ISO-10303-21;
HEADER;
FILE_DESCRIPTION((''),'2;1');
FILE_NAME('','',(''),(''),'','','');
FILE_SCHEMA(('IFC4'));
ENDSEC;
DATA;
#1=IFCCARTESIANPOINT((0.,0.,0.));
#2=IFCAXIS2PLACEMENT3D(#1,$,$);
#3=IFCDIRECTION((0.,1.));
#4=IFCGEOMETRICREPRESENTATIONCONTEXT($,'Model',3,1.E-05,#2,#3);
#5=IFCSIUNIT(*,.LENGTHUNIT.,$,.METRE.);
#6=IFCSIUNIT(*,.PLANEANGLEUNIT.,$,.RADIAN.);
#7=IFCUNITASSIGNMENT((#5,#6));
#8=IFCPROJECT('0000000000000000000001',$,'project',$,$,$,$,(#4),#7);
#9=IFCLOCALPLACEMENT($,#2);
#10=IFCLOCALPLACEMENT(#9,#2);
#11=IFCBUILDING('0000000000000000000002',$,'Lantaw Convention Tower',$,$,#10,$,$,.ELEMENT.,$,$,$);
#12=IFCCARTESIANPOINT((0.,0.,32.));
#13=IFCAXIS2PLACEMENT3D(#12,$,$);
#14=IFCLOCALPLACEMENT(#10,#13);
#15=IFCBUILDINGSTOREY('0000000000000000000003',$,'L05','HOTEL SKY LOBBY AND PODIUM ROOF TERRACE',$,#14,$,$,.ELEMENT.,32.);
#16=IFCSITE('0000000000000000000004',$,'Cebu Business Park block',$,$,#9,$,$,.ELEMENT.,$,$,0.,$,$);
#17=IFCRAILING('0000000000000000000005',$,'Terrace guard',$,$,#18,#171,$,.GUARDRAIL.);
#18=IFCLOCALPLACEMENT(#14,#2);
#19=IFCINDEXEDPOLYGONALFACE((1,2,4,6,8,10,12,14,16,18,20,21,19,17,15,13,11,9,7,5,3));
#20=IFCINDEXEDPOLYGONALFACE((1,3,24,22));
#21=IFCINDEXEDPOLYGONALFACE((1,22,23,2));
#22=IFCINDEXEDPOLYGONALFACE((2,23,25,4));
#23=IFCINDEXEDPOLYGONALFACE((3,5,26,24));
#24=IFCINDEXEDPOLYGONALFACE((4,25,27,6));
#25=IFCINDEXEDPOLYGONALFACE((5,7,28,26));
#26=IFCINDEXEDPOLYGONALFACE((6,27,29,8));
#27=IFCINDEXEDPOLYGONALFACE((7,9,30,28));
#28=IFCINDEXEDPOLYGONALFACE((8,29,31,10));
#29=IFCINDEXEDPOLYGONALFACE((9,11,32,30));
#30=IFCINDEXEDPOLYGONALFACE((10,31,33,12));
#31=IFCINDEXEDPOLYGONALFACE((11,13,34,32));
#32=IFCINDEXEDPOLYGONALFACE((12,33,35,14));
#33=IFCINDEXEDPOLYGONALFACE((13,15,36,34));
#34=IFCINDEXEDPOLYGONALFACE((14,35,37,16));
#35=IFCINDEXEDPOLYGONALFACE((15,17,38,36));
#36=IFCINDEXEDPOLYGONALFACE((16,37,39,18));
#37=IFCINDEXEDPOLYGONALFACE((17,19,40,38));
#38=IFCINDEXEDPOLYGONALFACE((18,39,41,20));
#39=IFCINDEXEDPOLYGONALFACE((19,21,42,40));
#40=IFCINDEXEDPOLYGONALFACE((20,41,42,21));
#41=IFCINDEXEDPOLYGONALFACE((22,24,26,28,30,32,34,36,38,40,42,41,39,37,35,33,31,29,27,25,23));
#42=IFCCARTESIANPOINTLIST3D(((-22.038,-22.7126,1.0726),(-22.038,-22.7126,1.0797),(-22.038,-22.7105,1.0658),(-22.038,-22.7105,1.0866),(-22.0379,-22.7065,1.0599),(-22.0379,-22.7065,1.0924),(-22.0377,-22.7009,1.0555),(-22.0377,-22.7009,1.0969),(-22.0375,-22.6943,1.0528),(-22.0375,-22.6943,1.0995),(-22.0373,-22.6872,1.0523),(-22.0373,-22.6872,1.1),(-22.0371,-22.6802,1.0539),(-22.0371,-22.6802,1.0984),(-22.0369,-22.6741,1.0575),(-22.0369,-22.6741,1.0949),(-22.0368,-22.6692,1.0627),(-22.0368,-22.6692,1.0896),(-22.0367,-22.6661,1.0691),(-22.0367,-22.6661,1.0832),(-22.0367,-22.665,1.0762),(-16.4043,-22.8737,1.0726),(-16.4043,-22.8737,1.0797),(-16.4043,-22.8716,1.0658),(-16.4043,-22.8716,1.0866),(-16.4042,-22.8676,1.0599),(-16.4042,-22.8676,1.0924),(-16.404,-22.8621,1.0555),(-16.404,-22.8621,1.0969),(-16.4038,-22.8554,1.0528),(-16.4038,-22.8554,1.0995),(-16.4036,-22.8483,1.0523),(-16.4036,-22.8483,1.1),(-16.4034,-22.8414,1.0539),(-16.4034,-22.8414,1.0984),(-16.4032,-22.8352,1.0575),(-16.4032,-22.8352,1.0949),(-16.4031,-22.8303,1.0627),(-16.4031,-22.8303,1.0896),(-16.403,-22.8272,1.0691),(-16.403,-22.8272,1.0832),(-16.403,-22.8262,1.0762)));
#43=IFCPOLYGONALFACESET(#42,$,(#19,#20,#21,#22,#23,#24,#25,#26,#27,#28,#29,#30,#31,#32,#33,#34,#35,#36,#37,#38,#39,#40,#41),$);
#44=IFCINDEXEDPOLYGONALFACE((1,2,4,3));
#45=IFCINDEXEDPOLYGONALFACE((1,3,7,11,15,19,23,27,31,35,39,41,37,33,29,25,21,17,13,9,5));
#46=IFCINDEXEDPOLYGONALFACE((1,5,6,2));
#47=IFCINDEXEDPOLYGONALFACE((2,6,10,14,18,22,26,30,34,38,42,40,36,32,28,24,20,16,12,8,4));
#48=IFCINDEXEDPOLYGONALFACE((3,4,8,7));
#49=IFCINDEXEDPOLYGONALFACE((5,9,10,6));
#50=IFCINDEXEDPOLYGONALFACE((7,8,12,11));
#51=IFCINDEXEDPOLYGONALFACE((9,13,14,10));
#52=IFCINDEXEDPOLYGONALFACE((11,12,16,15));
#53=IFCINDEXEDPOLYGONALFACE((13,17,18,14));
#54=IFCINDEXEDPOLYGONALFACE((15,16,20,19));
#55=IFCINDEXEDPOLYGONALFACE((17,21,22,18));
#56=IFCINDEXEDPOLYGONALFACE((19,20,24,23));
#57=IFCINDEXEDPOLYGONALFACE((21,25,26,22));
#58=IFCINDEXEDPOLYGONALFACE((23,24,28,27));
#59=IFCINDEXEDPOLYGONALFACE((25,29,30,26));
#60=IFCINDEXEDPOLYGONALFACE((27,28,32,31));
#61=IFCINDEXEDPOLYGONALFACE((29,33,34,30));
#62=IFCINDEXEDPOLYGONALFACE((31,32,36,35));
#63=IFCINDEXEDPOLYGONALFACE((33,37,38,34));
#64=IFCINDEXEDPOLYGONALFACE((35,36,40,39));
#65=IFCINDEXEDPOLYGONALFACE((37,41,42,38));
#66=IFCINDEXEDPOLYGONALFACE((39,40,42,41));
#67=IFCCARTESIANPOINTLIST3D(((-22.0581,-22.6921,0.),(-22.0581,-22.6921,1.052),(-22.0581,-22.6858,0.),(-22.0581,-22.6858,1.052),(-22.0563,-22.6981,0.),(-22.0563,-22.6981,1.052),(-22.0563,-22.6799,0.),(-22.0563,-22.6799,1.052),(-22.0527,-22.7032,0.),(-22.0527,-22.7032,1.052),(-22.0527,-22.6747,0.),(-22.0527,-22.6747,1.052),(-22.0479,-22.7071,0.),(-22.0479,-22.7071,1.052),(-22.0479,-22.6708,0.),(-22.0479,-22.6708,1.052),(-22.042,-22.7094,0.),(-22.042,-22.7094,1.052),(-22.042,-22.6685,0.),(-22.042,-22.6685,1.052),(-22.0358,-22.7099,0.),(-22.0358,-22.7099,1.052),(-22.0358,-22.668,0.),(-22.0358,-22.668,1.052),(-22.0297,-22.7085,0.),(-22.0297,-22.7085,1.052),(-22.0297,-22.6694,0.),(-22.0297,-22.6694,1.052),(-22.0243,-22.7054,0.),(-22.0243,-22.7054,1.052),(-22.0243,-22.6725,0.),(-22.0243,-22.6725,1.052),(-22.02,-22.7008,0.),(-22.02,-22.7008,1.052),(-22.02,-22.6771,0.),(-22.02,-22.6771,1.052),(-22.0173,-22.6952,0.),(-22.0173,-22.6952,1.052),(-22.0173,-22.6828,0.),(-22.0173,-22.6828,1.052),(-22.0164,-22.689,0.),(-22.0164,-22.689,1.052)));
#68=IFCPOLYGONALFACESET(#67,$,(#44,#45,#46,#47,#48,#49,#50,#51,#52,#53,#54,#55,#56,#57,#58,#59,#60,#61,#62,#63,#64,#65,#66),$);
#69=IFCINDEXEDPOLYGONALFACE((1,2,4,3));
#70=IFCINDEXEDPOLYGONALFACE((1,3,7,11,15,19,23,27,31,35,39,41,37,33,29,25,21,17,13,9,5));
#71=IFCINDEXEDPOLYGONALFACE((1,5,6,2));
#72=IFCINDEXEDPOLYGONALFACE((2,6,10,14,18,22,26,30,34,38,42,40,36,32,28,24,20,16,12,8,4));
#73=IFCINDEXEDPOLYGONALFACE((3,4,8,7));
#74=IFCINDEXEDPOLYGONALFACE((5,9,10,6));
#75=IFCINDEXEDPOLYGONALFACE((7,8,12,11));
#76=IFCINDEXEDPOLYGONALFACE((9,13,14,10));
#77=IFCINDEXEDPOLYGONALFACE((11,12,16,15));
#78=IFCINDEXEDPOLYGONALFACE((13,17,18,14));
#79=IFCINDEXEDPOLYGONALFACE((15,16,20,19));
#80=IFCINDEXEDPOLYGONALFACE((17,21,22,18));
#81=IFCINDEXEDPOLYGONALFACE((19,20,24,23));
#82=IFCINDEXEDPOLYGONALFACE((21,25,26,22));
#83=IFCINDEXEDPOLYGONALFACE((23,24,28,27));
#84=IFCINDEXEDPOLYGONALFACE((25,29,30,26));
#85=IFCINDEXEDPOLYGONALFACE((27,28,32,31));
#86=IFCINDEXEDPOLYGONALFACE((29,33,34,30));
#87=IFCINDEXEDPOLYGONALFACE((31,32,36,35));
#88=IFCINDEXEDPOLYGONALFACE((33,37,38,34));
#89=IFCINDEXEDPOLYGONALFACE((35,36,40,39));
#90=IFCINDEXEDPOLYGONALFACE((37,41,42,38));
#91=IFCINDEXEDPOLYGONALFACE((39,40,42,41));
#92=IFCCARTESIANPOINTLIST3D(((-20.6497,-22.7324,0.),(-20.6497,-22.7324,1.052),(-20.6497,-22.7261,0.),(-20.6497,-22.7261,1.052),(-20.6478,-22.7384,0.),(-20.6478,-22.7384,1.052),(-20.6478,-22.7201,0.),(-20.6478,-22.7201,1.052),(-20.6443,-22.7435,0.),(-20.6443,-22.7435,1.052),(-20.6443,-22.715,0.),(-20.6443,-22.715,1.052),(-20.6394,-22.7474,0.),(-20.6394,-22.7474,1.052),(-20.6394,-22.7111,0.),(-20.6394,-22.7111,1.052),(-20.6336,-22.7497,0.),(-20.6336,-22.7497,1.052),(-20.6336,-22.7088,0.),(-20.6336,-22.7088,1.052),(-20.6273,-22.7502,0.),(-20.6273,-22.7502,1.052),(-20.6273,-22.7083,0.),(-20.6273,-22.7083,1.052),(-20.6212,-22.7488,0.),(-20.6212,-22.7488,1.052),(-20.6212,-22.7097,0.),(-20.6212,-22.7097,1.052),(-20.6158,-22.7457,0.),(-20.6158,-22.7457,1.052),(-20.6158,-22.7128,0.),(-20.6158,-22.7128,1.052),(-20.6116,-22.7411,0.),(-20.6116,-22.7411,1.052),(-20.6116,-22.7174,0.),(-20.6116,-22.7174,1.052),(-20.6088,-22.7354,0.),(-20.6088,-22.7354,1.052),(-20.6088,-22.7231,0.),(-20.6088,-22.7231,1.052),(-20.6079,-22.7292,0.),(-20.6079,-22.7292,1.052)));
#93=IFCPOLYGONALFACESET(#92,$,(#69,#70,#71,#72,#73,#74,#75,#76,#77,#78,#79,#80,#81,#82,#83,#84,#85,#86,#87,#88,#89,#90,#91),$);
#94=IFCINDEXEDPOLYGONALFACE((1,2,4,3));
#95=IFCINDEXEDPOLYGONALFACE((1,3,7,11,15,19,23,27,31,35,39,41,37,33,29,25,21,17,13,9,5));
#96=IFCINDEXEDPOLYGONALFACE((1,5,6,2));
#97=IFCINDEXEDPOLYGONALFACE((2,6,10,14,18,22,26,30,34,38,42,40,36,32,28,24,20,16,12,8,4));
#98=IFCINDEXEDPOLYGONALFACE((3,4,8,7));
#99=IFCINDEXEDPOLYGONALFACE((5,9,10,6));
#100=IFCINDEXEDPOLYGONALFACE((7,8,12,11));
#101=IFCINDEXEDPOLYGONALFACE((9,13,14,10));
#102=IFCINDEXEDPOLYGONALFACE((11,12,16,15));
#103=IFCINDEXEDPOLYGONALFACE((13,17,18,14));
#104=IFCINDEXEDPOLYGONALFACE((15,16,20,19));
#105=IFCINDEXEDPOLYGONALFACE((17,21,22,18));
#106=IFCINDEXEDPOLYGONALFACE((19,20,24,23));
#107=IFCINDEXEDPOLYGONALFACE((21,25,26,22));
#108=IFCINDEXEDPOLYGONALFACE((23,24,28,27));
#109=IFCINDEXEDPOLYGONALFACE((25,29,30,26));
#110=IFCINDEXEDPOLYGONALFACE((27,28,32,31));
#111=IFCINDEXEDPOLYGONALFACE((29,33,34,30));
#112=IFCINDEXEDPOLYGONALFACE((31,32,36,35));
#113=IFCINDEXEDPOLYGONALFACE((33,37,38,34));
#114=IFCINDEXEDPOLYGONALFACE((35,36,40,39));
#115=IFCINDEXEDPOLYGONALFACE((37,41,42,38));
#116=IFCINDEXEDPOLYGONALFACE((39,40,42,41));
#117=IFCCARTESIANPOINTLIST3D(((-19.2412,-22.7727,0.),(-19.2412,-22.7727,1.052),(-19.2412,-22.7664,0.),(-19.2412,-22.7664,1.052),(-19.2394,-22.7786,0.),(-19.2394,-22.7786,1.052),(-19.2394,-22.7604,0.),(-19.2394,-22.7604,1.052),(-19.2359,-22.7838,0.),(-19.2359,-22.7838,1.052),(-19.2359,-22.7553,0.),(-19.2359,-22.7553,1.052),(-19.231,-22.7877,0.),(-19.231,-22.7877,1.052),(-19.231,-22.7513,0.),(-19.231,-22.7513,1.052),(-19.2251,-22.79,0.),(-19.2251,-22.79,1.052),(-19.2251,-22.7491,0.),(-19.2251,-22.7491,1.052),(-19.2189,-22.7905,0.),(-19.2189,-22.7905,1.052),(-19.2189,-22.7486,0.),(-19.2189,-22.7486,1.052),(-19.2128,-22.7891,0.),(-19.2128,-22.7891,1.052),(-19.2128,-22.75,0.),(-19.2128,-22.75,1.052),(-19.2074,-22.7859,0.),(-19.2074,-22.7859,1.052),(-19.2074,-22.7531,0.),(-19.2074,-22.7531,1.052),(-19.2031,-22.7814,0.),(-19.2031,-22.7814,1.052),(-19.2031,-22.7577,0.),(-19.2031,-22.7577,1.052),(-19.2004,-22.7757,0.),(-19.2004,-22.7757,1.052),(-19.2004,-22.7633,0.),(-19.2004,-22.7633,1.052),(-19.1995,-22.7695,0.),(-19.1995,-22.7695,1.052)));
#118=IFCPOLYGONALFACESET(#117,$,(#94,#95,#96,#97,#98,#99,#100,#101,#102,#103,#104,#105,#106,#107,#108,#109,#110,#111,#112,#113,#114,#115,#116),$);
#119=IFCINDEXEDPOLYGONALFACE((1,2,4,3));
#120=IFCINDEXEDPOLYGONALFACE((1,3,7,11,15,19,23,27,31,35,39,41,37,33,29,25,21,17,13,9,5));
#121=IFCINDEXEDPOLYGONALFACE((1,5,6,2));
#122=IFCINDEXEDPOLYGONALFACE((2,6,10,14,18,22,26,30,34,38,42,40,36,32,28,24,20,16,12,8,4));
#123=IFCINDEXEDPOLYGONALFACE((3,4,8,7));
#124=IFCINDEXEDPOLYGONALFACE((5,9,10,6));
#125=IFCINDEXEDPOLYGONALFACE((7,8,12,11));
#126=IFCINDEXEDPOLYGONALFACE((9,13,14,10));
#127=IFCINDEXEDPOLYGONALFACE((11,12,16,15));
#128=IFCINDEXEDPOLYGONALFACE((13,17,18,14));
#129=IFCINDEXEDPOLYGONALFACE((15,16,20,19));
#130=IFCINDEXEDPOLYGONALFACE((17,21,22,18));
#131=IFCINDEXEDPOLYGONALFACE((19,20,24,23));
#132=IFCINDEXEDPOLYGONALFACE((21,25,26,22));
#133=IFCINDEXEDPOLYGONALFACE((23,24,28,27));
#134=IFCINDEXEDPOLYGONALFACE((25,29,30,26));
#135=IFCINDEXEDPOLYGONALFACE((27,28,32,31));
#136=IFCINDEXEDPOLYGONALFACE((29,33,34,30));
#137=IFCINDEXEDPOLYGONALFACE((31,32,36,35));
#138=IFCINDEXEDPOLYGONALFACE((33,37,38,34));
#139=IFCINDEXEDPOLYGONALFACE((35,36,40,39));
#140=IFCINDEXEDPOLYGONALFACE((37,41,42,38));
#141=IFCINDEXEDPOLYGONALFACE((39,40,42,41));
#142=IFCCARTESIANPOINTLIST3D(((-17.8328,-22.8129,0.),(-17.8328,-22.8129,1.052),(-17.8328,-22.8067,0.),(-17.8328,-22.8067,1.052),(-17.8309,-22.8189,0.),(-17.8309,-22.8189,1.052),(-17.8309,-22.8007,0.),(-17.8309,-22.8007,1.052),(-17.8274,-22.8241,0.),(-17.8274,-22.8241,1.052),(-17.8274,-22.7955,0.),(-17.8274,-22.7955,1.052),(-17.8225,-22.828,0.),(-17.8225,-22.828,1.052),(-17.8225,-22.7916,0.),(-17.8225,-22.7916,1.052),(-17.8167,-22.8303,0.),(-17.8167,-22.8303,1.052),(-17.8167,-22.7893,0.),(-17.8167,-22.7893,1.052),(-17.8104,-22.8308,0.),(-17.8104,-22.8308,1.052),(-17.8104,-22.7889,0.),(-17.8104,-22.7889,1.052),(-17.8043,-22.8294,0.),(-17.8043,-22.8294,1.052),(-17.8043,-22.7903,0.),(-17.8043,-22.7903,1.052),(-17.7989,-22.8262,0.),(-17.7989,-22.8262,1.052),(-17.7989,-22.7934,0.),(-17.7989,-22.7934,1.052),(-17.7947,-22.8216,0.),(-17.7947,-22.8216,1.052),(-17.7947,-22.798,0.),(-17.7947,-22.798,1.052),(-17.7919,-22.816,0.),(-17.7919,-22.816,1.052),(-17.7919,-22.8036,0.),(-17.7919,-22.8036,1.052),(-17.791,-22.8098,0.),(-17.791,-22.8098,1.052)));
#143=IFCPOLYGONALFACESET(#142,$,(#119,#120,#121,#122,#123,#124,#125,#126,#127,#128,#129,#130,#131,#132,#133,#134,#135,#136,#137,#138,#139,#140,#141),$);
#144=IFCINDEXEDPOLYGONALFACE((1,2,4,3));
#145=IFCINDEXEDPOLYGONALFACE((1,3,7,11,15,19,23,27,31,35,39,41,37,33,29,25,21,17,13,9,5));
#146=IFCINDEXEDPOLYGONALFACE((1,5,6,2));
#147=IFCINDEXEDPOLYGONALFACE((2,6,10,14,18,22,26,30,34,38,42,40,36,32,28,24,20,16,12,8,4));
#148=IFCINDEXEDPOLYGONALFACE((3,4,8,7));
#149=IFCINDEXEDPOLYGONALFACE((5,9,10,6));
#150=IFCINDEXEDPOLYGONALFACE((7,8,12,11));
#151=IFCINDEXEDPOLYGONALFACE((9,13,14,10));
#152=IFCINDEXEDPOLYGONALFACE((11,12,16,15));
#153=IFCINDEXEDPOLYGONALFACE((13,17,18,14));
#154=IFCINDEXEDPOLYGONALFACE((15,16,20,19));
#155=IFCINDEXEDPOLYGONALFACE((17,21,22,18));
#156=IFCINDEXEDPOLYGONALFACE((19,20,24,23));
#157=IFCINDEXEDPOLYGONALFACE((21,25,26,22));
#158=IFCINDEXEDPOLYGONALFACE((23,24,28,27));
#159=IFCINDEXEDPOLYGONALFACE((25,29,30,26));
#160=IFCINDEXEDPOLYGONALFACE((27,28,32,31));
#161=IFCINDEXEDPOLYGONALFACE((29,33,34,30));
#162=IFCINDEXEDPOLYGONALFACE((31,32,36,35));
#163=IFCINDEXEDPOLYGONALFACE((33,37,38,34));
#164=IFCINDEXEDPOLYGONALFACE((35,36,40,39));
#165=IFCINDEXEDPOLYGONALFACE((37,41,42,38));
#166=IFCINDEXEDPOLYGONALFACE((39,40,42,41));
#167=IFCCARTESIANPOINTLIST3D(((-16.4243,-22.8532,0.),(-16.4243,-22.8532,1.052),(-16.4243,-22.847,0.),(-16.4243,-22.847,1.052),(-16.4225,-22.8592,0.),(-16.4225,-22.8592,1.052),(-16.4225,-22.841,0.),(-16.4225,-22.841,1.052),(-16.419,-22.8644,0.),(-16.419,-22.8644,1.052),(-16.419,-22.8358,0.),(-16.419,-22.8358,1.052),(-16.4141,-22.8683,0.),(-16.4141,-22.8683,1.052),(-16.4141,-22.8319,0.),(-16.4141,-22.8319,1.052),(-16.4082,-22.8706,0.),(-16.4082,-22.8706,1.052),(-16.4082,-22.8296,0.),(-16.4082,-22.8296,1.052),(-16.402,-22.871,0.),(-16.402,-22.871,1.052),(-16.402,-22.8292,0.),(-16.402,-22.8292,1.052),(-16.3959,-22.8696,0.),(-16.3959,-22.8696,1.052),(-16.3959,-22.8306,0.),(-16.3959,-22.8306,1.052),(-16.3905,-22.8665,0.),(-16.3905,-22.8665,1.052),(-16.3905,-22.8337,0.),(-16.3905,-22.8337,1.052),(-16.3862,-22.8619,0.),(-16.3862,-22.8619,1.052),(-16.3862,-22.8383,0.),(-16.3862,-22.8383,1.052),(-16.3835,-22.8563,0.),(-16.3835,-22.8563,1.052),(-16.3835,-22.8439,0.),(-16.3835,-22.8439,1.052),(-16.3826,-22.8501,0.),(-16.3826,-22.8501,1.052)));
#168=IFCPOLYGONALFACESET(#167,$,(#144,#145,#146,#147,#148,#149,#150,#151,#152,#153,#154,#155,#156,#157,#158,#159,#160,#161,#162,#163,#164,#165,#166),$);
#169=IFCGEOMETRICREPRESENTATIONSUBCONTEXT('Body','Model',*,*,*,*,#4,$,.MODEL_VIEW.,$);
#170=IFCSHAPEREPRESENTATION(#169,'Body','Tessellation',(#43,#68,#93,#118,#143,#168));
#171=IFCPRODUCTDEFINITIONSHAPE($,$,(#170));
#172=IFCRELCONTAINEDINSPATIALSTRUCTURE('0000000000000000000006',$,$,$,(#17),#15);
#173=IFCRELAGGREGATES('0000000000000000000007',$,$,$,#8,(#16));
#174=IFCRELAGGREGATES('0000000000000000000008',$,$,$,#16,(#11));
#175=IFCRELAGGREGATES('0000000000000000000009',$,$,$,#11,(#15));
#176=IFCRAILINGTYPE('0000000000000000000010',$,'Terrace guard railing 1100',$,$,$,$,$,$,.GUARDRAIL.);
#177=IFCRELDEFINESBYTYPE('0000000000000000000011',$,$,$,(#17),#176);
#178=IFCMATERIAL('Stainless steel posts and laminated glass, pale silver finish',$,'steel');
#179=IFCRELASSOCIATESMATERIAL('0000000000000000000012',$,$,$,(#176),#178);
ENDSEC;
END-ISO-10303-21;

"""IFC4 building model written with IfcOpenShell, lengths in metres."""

from ifc_helpers import new_model, si_unit, direction, frame, origin, origin_2d, place, context, subcontext, project, spatial, circle, extrude, material, type_object, element, save


model = new_model("IFC4")

# Units and contexts
model_context = context("Model", 3, precision=1e-05, world=origin(), true_north=direction((0.0, 1.0)))
body_context = subcontext(model_context, "Body", "Model", "MODEL_VIEW")
ifc_project = project(units=[si_unit("LENGTHUNIT", "METRE"), si_unit("PLANEANGLEUNIT", "RADIAN")], contexts=[model_context])

# Site, building, storey
site_placement = place(None, origin())
site = spatial("IfcSite", under=ifc_project, at=site_placement, Name="Cebu Business Park block", CompositionType="ELEMENT", RefElevation=0.0)
building_placement = place(site_placement, origin())
building = spatial("IfcBuilding", under=site, at=building_placement, Name="Lantaw Convention Tower", CompositionType="ELEMENT")
storey_placement = place(building_placement, frame((0.0, 0.0, 32.0)))
storey = spatial("IfcBuildingStorey", under=building, at=storey_placement, Name="L05", Description="HOTEL SKY LOBBY AND PODIUM ROOF TERRACE", CompositionType="ELEMENT", Elevation=32.0)

# Railing
ifc_material_1 = material(Name="Stainless steel posts and laminated glass, pale silver finish", Category="steel")
railing_type = type_object("IfcRailingType", Name="Terrace guard railing 1100", PredefinedType="GUARDRAIL", material=ifc_material_1)
railing_1_placement = place(storey_placement, frame((-22.0374, -22.689, 0.0)))
element("IfcRailing", 1, at=railing_1_placement, inside=storey, type_object=railing_type, Name="Terrace guard", PredefinedType="GUARDRAIL", context=body_context, shape_type="SweptSolid", body=[
    extrude(circle(Radius=0.0239, at=origin_2d()), frame((0.0, 0.0, 1.0762), z_axis=(0.999591, -0.028589, 0.0), x_axis=(0.028589, 0.999591, 0.0)), (0.0, 0.0, 1.0), 5.636),
    extrude(circle(Radius=0.021, at=origin_2d()), origin(), (0.0, 0.0, 1.0), 1.052),
    extrude(circle(Radius=0.021, at=origin_2d()), frame((1.4084, -0.0403, 0.0)), (0.0, 0.0, 1.0), 1.052),
    extrude(circle(Radius=0.021, at=origin_2d()), frame((2.8169, -0.0806, 0.0)), (0.0, 0.0, 1.0), 1.052),
    extrude(circle(Radius=0.021, at=origin_2d()), frame((4.2253, -0.1208, 0.0)), (0.0, 0.0, 1.0), 1.052),
    extrude(circle(Radius=0.021, at=origin_2d()), frame((5.6338, -0.1611, 0.0)), (0.0, 0.0, 1.0), 1.052),
])

save(model, "model.ifc")
